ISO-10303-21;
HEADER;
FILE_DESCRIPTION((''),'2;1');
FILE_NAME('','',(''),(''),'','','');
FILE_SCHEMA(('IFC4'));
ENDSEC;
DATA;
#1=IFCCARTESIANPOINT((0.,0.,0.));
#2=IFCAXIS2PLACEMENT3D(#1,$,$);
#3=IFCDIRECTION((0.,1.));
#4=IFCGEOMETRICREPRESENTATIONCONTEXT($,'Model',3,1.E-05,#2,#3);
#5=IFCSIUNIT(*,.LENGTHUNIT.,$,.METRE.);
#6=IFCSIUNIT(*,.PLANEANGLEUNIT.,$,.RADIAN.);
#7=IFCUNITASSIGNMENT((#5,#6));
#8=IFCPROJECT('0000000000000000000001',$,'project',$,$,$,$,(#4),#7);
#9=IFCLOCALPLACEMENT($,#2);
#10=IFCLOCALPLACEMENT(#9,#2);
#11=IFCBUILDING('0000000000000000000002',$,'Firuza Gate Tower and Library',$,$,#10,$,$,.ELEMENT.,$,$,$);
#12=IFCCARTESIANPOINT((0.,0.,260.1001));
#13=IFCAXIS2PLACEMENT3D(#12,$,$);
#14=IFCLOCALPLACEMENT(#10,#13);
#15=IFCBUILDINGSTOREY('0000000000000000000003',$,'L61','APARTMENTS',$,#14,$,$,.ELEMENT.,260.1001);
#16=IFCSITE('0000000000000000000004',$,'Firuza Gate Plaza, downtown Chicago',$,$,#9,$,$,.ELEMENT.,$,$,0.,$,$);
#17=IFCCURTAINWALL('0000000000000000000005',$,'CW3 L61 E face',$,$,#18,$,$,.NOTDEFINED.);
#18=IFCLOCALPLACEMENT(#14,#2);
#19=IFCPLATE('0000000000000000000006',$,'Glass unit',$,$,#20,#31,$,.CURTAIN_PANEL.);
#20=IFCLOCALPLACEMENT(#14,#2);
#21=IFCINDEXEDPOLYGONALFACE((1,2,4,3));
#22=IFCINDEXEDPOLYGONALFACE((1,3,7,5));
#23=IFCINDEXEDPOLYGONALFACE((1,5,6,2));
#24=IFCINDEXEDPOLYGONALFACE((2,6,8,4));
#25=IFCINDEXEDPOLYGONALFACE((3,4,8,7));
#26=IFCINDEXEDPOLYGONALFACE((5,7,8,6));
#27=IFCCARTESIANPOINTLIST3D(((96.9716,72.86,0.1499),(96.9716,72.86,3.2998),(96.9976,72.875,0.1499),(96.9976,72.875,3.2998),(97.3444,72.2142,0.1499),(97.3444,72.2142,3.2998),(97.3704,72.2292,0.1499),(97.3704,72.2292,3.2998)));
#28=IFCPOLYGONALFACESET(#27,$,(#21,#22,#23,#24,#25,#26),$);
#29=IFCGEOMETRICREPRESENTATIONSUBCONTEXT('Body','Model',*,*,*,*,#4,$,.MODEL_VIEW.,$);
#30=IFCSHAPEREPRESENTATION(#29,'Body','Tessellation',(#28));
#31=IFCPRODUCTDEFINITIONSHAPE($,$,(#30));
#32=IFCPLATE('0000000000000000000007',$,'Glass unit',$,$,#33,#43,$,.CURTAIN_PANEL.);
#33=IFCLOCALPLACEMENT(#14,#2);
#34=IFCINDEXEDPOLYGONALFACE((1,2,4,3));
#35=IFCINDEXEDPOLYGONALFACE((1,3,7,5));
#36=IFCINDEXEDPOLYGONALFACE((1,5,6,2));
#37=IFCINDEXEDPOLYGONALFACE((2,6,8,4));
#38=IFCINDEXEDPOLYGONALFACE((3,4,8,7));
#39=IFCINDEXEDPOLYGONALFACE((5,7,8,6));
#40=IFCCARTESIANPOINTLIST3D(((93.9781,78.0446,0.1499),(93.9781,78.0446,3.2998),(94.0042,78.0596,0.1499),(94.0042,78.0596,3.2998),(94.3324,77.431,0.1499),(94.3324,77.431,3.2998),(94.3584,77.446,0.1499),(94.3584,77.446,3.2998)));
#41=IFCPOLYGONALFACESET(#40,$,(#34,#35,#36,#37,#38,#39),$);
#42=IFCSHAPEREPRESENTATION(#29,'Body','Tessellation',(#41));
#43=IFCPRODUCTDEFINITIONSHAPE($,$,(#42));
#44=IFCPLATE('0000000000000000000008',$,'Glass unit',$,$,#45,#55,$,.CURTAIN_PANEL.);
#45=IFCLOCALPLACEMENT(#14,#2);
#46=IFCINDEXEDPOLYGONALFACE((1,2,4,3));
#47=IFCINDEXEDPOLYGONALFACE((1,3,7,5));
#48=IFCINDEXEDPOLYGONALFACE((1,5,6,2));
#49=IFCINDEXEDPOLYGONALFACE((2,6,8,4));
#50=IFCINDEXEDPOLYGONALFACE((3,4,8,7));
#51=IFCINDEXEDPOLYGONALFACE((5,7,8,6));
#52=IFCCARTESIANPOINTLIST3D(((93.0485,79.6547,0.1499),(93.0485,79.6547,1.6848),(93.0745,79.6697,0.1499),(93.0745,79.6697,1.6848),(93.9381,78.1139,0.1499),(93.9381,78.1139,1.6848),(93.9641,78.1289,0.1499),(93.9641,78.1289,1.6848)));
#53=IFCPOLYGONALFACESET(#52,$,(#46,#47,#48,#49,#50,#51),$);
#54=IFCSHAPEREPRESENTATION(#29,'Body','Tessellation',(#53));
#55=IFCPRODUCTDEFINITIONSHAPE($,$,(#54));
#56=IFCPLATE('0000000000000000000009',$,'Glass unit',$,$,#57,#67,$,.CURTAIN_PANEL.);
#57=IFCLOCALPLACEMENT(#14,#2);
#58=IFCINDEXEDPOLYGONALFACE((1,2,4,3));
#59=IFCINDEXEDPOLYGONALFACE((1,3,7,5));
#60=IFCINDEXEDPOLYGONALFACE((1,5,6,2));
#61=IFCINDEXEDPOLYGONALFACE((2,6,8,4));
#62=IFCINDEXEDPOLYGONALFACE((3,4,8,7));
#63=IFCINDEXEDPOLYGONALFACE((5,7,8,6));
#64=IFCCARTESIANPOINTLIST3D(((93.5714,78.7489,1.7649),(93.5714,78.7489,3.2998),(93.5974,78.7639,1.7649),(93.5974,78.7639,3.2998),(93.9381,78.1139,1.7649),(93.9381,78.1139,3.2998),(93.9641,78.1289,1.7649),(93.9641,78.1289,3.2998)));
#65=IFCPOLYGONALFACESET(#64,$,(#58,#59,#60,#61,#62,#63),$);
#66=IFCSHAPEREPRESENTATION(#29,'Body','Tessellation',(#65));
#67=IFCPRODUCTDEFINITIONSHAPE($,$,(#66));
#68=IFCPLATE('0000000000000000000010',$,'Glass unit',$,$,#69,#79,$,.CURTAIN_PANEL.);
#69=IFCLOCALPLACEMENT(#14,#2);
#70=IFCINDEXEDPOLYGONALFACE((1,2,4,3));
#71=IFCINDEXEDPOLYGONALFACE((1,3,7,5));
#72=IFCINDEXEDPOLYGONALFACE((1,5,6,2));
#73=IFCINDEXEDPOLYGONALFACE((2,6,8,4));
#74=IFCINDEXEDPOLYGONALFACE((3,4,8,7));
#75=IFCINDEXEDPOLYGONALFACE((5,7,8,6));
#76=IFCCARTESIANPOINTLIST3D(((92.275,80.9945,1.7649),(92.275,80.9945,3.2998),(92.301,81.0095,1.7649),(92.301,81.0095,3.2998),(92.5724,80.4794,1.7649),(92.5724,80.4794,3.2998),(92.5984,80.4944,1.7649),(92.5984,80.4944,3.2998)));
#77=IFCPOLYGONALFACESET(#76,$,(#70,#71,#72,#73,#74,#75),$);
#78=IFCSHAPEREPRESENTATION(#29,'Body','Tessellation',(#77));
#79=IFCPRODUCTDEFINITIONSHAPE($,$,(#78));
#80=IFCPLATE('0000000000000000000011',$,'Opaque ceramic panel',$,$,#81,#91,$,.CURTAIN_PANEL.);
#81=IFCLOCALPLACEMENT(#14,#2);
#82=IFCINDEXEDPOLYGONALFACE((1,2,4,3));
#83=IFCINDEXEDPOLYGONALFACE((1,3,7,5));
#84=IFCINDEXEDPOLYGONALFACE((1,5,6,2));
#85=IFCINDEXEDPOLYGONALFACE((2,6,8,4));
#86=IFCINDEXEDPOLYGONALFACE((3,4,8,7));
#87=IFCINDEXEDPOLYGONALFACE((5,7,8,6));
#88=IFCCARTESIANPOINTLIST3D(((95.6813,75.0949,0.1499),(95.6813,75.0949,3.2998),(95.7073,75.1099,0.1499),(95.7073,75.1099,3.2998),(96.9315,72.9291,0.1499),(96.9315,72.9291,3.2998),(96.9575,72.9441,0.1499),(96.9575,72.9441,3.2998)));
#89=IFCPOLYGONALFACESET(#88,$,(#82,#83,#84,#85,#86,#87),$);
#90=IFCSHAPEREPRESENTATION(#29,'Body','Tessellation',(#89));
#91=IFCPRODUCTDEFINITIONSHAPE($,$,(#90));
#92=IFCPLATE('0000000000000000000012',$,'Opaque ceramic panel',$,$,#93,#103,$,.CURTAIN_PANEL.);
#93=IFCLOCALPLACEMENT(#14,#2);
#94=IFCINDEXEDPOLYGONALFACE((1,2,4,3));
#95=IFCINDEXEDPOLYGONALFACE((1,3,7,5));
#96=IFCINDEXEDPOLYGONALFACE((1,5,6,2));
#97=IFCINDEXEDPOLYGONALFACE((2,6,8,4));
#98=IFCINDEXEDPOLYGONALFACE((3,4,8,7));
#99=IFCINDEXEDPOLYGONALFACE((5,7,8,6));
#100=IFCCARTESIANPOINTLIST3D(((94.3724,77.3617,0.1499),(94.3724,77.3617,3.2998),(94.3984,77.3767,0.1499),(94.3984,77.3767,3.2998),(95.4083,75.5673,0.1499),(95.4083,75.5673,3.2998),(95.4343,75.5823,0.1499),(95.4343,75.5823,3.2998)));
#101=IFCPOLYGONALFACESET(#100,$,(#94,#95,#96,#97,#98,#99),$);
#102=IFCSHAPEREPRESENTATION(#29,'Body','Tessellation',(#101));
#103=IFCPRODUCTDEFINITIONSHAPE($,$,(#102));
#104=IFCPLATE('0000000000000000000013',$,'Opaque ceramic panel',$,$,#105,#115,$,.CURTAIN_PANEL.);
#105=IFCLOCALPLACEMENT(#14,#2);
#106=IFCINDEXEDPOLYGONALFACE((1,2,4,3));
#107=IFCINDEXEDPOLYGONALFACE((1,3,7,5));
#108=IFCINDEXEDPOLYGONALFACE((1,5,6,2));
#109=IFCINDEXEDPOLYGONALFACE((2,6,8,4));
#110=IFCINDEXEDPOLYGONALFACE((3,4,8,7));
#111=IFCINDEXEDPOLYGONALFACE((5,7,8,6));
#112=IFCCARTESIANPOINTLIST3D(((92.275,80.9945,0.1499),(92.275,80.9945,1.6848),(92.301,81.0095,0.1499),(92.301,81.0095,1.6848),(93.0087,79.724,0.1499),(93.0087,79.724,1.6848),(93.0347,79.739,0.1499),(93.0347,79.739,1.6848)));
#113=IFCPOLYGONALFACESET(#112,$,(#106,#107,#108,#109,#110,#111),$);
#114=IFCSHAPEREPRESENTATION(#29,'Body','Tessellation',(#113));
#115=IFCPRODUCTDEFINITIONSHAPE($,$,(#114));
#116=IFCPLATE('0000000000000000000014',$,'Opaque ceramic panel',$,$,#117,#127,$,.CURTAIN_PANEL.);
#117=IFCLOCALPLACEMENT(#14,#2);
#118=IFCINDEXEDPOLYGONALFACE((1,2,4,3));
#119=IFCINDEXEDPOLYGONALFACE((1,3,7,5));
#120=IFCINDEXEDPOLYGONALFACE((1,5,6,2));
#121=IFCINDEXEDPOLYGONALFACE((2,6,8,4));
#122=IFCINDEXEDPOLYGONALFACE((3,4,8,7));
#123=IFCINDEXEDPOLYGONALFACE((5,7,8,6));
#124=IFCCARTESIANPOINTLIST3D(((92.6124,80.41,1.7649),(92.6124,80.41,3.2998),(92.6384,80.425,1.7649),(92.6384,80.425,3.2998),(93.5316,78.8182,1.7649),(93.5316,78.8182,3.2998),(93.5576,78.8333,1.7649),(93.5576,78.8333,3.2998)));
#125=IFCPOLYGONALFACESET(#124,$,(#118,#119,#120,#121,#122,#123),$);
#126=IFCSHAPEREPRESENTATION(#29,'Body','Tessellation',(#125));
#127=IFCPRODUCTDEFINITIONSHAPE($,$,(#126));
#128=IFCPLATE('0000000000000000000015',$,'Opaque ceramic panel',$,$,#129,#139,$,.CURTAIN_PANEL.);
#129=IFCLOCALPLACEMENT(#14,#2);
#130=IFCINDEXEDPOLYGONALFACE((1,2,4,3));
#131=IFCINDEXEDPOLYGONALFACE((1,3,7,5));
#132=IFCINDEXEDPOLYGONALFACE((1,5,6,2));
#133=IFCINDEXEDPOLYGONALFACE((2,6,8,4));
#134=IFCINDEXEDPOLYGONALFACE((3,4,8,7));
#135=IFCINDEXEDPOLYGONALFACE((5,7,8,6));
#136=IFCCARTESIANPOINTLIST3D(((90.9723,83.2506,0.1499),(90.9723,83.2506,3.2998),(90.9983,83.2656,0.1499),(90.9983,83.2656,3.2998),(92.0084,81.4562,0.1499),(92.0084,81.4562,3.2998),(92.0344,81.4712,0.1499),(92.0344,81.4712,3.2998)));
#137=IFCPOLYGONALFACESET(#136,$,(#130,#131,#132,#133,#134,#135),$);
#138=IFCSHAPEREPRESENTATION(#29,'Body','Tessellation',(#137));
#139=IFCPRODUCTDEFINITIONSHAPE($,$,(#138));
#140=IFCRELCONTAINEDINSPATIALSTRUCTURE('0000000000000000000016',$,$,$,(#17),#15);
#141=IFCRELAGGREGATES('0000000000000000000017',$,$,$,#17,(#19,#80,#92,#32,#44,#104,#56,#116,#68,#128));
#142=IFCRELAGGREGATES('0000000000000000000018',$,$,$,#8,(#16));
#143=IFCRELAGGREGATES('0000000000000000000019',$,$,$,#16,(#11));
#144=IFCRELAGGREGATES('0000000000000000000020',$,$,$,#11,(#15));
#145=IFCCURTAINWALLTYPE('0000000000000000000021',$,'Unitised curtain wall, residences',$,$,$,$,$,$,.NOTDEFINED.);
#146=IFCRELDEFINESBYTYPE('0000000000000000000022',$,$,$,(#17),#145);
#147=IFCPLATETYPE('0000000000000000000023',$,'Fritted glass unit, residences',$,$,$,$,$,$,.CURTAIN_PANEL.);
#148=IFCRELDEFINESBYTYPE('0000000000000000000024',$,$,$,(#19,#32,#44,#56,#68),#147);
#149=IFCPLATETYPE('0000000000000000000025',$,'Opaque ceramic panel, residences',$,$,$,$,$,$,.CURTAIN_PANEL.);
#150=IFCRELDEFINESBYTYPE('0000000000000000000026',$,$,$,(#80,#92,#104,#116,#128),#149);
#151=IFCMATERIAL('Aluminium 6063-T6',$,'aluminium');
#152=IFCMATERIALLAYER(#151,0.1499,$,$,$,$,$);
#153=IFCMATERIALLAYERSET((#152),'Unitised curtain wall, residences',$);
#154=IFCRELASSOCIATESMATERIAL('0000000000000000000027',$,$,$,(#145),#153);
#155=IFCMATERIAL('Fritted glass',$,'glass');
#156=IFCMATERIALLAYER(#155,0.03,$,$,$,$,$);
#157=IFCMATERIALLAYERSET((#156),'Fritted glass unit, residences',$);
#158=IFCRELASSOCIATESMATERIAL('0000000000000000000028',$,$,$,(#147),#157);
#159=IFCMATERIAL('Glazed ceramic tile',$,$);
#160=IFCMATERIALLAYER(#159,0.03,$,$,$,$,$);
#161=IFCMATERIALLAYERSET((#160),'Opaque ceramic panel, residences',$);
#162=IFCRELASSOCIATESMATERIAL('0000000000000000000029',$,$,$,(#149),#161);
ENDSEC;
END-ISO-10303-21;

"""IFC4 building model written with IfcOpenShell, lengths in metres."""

from ifc_helpers import new_model, si_unit, direction, frame, origin, place, context, subcontext, project, spatial, polyline, outline, extrude, material, layer, layer_set, type_object, element, aggregate, save


model = new_model("IFC4")

# Units and contexts
model_context = context("Model", 3, precision=1e-05, world=origin(), true_north=direction((0.0, 1.0)))
body_context = subcontext(model_context, "Body", "Model", "MODEL_VIEW")
ifc_project = project(units=[si_unit("LENGTHUNIT", "METRE"), si_unit("PLANEANGLEUNIT", "RADIAN")], contexts=[model_context])

# Site, building, storey
site_placement = place(None, origin())
site = spatial("IfcSite", under=ifc_project, at=site_placement, Name="Firuza Gate Plaza, downtown Chicago", CompositionType="ELEMENT", RefElevation=0.0)
building_placement = place(site_placement, origin())
building = spatial("IfcBuilding", under=site, at=building_placement, Name="Firuza Gate Tower and Library", CompositionType="ELEMENT")
storey_placement = place(building_placement, frame((0.0, 0.0, 260.1001)))
storey = spatial("IfcBuildingStorey", under=building, at=storey_placement, Name="L61", Description="APARTMENTS", CompositionType="ELEMENT", Elevation=260.1001)

# Curtain wall
ifc_material_1 = material(Name="Aluminium 6063-T6", Category="aluminium")
ifc_layer_1 = layer(ifc_material_1, 0.1499)
ifc_layer_set_1 = layer_set([ifc_layer_1], Name="Unitised curtain wall, residences")
curtain_wall_type = type_object("IfcCurtainWallType", Name="Unitised curtain wall, residences", PredefinedType="NOTDEFINED", material=ifc_layer_set_1)
curtain_wall_placement = place(storey_placement, origin())
curtain_wall = element("IfcCurtainWall", 1, at=curtain_wall_placement, inside=storey, type_object=curtain_wall_type, Name="CW3 L61 E face", PredefinedType="NOTDEFINED")

# Plates
ifc_material_2 = material(Name="Fritted glass", Category="glass")
ifc_layer_2 = layer(ifc_material_2, 0.03)
ifc_layer_set_2 = layer_set([ifc_layer_2], Name="Fritted glass unit, residences")
plate_type_1 = type_object("IfcPlateType", Name="Fritted glass unit, residences", PredefinedType="CURTAIN_PANEL", material=ifc_layer_set_2)
plate_1_placement = place(storey_placement, frame((97.3704, 72.2292, 0.1499), z_axis=(0.866038, 0.499978, 0.0), x_axis=(-0.499978, 0.866038, 0.0)))
plate_1 = element("IfcPlate", 2, at=plate_1_placement, type_object=plate_type_1, Name="Glass unit", PredefinedType="CURTAIN_PANEL", context=body_context, shape_type="SweptSolid", body=[
    extrude(outline(polyline([(0.0, 0.0), (0.7456, 0.0), (0.7456, 3.1499), (0.0, 3.1499), (0.0, 0.0)])), origin(), (0.0, 0.0, -1.0), 0.03),
])
plate_2_placement = place(storey_placement, frame((94.3584, 77.446, 0.1499), z_axis=(0.866008, 0.500031, 0.0), x_axis=(-0.500031, 0.866008, 0.0)))
plate_2 = element("IfcPlate", 3, at=plate_2_placement, type_object=plate_type_1, Name="Glass unit", PredefinedType="CURTAIN_PANEL", context=body_context, shape_type="SweptSolid", body=[
    extrude(outline(polyline([(0.0, 0.0), (0.7085, 0.0), (0.7085, 3.1499), (0.0, 3.1499), (0.0, 0.0)])), origin(), (0.0, 0.0, -1.0), 0.03),
])
plate_3_placement = place(storey_placement, frame((93.9641, 78.1289, 0.1499), z_axis=(0.866005, 0.500035, 0.0), x_axis=(-0.500035, 0.866005, 0.0)))
plate_3 = element("IfcPlate", 4, at=plate_3_placement, type_object=plate_type_1, Name="Glass unit", PredefinedType="CURTAIN_PANEL", context=body_context, shape_type="SweptSolid", body=[
    extrude(outline(polyline([(0.0, 0.0), (1.7792, 0.0), (1.7792, 1.5349), (0.0, 1.5349), (0.0, 0.0)])), origin(), (0.0, 0.0, -1.0), 0.03),
])
plate_4_placement = place(storey_placement, frame((93.9641, 78.1289, 1.7649), z_axis=(0.86598, 0.500078, 0.0), x_axis=(-0.500078, 0.86598, 0.0)))
plate_4 = element("IfcPlate", 5, at=plate_4_placement, type_object=plate_type_1, Name="Glass unit", PredefinedType="CURTAIN_PANEL", context=body_context, shape_type="SweptSolid", body=[
    extrude(outline(polyline([(0.0, 0.0), (0.7333, 0.0), (0.7333, 1.5349), (0.0, 1.5349), (0.0, 0.0)])), origin(), (0.0, 0.0, -1.0), 0.03),
])
plate_5_placement = place(storey_placement, frame((92.5984, 80.4944, 1.7649), z_axis=(0.866063, 0.499936, 0.0), x_axis=(-0.499936, 0.866063, 0.0)))
plate_5 = element("IfcPlate", 6, at=plate_5_placement, type_object=plate_type_1, Name="Glass unit", PredefinedType="CURTAIN_PANEL", context=body_context, shape_type="SweptSolid", body=[
    extrude(outline(polyline([(0.0, 0.0), (0.5948, 0.0), (0.5948, 1.5349), (0.0, 1.5349), (0.0, 0.0)])), origin(), (0.0, 0.0, -1.0), 0.03),
])
ifc_material_3 = material(Name="Glazed ceramic tile")
ifc_layer_3 = layer(ifc_material_3, 0.03)
ifc_layer_set_3 = layer_set([ifc_layer_3], Name="Opaque ceramic panel, residences")
plate_type_2 = type_object("IfcPlateType", Name="Opaque ceramic panel, residences", PredefinedType="CURTAIN_PANEL", material=ifc_layer_set_3)
plate_6_placement = place(storey_placement, frame((96.9575, 72.9441, 0.1499), z_axis=(0.866054, 0.499951, 0.0), x_axis=(-0.499951, 0.866054, 0.0)))
plate_6 = element("IfcPlate", 7, at=plate_6_placement, type_object=plate_type_2, Name="Opaque ceramic panel", PredefinedType="CURTAIN_PANEL", context=body_context, shape_type="SweptSolid", body=[
    extrude(outline(polyline([(0.0, 0.0), (2.5007, 0.0), (2.5007, 3.1499), (0.0, 3.1499), (0.0, 0.0)])), origin(), (0.0, 0.0, -1.0), 0.03),
])
plate_7_placement = place(storey_placement, frame((95.4343, 75.5823, 0.1499), z_axis=(0.866052, 0.499954, 0.0), x_axis=(-0.499954, 0.866052, 0.0)))
plate_7 = element("IfcPlate", 8, at=plate_7_placement, type_object=plate_type_2, Name="Opaque ceramic panel", PredefinedType="CURTAIN_PANEL", context=body_context, shape_type="SweptSolid", body=[
    extrude(outline(polyline([(0.0, 0.0), (2.072, 0.0), (2.072, 3.1499), (0.0, 3.1499), (0.0, 0.0)])), origin(), (0.0, 0.0, -1.0), 0.03),
])
plate_8_placement = place(storey_placement, frame((93.0347, 79.739, 0.1499), z_axis=(0.865992, 0.500059, 0.0), x_axis=(-0.500059, 0.865992, 0.0)))
plate_8 = element("IfcPlate", 9, at=plate_8_placement, type_object=plate_type_2, Name="Opaque ceramic panel", PredefinedType="CURTAIN_PANEL", context=body_context, shape_type="SweptSolid", body=[
    extrude(outline(polyline([(0.0, 0.0), (1.4671, 0.0), (1.4671, 1.5349), (0.0, 1.5349), (0.0, 0.0)])), origin(), (0.0, 0.0, -1.0), 0.03),
])
plate_9_placement = place(storey_placement, frame((93.5576, 78.8333, 1.7649), z_axis=(0.865987, 0.500067, 0.0), x_axis=(-0.500067, 0.865987, 0.0)))
plate_9 = element("IfcPlate", 10, at=plate_9_placement, type_object=plate_type_2, Name="Opaque ceramic panel", PredefinedType="CURTAIN_PANEL", context=body_context, shape_type="SweptSolid", body=[
    extrude(outline(polyline([(0.0, 0.0), (1.8381, 0.0), (1.8381, 1.5349), (0.0, 1.5349), (0.0, 0.0)])), origin(), (0.0, 0.0, -1.0), 0.03),
])
plate_10_placement = place(storey_placement, frame((92.0344, 81.4712, 0.1499), z_axis=(0.866001, 0.500042, 0.0), x_axis=(-0.500042, 0.866001, 0.0)))
plate_10 = element("IfcPlate", 11, at=plate_10_placement, type_object=plate_type_2, Name="Opaque ceramic panel", PredefinedType="CURTAIN_PANEL", context=body_context, shape_type="SweptSolid", body=[
    extrude(outline(polyline([(0.0, 0.0), (2.0721, 0.0), (2.0721, 3.1499), (0.0, 3.1499), (0.0, 0.0)])), origin(), (0.0, 0.0, -1.0), 0.03),
])
aggregate(curtain_wall, [plate_1, plate_6, plate_7, plate_2, plate_3, plate_8, plate_4, plate_9, plate_5, plate_10])

save(model, "model.ifc")
